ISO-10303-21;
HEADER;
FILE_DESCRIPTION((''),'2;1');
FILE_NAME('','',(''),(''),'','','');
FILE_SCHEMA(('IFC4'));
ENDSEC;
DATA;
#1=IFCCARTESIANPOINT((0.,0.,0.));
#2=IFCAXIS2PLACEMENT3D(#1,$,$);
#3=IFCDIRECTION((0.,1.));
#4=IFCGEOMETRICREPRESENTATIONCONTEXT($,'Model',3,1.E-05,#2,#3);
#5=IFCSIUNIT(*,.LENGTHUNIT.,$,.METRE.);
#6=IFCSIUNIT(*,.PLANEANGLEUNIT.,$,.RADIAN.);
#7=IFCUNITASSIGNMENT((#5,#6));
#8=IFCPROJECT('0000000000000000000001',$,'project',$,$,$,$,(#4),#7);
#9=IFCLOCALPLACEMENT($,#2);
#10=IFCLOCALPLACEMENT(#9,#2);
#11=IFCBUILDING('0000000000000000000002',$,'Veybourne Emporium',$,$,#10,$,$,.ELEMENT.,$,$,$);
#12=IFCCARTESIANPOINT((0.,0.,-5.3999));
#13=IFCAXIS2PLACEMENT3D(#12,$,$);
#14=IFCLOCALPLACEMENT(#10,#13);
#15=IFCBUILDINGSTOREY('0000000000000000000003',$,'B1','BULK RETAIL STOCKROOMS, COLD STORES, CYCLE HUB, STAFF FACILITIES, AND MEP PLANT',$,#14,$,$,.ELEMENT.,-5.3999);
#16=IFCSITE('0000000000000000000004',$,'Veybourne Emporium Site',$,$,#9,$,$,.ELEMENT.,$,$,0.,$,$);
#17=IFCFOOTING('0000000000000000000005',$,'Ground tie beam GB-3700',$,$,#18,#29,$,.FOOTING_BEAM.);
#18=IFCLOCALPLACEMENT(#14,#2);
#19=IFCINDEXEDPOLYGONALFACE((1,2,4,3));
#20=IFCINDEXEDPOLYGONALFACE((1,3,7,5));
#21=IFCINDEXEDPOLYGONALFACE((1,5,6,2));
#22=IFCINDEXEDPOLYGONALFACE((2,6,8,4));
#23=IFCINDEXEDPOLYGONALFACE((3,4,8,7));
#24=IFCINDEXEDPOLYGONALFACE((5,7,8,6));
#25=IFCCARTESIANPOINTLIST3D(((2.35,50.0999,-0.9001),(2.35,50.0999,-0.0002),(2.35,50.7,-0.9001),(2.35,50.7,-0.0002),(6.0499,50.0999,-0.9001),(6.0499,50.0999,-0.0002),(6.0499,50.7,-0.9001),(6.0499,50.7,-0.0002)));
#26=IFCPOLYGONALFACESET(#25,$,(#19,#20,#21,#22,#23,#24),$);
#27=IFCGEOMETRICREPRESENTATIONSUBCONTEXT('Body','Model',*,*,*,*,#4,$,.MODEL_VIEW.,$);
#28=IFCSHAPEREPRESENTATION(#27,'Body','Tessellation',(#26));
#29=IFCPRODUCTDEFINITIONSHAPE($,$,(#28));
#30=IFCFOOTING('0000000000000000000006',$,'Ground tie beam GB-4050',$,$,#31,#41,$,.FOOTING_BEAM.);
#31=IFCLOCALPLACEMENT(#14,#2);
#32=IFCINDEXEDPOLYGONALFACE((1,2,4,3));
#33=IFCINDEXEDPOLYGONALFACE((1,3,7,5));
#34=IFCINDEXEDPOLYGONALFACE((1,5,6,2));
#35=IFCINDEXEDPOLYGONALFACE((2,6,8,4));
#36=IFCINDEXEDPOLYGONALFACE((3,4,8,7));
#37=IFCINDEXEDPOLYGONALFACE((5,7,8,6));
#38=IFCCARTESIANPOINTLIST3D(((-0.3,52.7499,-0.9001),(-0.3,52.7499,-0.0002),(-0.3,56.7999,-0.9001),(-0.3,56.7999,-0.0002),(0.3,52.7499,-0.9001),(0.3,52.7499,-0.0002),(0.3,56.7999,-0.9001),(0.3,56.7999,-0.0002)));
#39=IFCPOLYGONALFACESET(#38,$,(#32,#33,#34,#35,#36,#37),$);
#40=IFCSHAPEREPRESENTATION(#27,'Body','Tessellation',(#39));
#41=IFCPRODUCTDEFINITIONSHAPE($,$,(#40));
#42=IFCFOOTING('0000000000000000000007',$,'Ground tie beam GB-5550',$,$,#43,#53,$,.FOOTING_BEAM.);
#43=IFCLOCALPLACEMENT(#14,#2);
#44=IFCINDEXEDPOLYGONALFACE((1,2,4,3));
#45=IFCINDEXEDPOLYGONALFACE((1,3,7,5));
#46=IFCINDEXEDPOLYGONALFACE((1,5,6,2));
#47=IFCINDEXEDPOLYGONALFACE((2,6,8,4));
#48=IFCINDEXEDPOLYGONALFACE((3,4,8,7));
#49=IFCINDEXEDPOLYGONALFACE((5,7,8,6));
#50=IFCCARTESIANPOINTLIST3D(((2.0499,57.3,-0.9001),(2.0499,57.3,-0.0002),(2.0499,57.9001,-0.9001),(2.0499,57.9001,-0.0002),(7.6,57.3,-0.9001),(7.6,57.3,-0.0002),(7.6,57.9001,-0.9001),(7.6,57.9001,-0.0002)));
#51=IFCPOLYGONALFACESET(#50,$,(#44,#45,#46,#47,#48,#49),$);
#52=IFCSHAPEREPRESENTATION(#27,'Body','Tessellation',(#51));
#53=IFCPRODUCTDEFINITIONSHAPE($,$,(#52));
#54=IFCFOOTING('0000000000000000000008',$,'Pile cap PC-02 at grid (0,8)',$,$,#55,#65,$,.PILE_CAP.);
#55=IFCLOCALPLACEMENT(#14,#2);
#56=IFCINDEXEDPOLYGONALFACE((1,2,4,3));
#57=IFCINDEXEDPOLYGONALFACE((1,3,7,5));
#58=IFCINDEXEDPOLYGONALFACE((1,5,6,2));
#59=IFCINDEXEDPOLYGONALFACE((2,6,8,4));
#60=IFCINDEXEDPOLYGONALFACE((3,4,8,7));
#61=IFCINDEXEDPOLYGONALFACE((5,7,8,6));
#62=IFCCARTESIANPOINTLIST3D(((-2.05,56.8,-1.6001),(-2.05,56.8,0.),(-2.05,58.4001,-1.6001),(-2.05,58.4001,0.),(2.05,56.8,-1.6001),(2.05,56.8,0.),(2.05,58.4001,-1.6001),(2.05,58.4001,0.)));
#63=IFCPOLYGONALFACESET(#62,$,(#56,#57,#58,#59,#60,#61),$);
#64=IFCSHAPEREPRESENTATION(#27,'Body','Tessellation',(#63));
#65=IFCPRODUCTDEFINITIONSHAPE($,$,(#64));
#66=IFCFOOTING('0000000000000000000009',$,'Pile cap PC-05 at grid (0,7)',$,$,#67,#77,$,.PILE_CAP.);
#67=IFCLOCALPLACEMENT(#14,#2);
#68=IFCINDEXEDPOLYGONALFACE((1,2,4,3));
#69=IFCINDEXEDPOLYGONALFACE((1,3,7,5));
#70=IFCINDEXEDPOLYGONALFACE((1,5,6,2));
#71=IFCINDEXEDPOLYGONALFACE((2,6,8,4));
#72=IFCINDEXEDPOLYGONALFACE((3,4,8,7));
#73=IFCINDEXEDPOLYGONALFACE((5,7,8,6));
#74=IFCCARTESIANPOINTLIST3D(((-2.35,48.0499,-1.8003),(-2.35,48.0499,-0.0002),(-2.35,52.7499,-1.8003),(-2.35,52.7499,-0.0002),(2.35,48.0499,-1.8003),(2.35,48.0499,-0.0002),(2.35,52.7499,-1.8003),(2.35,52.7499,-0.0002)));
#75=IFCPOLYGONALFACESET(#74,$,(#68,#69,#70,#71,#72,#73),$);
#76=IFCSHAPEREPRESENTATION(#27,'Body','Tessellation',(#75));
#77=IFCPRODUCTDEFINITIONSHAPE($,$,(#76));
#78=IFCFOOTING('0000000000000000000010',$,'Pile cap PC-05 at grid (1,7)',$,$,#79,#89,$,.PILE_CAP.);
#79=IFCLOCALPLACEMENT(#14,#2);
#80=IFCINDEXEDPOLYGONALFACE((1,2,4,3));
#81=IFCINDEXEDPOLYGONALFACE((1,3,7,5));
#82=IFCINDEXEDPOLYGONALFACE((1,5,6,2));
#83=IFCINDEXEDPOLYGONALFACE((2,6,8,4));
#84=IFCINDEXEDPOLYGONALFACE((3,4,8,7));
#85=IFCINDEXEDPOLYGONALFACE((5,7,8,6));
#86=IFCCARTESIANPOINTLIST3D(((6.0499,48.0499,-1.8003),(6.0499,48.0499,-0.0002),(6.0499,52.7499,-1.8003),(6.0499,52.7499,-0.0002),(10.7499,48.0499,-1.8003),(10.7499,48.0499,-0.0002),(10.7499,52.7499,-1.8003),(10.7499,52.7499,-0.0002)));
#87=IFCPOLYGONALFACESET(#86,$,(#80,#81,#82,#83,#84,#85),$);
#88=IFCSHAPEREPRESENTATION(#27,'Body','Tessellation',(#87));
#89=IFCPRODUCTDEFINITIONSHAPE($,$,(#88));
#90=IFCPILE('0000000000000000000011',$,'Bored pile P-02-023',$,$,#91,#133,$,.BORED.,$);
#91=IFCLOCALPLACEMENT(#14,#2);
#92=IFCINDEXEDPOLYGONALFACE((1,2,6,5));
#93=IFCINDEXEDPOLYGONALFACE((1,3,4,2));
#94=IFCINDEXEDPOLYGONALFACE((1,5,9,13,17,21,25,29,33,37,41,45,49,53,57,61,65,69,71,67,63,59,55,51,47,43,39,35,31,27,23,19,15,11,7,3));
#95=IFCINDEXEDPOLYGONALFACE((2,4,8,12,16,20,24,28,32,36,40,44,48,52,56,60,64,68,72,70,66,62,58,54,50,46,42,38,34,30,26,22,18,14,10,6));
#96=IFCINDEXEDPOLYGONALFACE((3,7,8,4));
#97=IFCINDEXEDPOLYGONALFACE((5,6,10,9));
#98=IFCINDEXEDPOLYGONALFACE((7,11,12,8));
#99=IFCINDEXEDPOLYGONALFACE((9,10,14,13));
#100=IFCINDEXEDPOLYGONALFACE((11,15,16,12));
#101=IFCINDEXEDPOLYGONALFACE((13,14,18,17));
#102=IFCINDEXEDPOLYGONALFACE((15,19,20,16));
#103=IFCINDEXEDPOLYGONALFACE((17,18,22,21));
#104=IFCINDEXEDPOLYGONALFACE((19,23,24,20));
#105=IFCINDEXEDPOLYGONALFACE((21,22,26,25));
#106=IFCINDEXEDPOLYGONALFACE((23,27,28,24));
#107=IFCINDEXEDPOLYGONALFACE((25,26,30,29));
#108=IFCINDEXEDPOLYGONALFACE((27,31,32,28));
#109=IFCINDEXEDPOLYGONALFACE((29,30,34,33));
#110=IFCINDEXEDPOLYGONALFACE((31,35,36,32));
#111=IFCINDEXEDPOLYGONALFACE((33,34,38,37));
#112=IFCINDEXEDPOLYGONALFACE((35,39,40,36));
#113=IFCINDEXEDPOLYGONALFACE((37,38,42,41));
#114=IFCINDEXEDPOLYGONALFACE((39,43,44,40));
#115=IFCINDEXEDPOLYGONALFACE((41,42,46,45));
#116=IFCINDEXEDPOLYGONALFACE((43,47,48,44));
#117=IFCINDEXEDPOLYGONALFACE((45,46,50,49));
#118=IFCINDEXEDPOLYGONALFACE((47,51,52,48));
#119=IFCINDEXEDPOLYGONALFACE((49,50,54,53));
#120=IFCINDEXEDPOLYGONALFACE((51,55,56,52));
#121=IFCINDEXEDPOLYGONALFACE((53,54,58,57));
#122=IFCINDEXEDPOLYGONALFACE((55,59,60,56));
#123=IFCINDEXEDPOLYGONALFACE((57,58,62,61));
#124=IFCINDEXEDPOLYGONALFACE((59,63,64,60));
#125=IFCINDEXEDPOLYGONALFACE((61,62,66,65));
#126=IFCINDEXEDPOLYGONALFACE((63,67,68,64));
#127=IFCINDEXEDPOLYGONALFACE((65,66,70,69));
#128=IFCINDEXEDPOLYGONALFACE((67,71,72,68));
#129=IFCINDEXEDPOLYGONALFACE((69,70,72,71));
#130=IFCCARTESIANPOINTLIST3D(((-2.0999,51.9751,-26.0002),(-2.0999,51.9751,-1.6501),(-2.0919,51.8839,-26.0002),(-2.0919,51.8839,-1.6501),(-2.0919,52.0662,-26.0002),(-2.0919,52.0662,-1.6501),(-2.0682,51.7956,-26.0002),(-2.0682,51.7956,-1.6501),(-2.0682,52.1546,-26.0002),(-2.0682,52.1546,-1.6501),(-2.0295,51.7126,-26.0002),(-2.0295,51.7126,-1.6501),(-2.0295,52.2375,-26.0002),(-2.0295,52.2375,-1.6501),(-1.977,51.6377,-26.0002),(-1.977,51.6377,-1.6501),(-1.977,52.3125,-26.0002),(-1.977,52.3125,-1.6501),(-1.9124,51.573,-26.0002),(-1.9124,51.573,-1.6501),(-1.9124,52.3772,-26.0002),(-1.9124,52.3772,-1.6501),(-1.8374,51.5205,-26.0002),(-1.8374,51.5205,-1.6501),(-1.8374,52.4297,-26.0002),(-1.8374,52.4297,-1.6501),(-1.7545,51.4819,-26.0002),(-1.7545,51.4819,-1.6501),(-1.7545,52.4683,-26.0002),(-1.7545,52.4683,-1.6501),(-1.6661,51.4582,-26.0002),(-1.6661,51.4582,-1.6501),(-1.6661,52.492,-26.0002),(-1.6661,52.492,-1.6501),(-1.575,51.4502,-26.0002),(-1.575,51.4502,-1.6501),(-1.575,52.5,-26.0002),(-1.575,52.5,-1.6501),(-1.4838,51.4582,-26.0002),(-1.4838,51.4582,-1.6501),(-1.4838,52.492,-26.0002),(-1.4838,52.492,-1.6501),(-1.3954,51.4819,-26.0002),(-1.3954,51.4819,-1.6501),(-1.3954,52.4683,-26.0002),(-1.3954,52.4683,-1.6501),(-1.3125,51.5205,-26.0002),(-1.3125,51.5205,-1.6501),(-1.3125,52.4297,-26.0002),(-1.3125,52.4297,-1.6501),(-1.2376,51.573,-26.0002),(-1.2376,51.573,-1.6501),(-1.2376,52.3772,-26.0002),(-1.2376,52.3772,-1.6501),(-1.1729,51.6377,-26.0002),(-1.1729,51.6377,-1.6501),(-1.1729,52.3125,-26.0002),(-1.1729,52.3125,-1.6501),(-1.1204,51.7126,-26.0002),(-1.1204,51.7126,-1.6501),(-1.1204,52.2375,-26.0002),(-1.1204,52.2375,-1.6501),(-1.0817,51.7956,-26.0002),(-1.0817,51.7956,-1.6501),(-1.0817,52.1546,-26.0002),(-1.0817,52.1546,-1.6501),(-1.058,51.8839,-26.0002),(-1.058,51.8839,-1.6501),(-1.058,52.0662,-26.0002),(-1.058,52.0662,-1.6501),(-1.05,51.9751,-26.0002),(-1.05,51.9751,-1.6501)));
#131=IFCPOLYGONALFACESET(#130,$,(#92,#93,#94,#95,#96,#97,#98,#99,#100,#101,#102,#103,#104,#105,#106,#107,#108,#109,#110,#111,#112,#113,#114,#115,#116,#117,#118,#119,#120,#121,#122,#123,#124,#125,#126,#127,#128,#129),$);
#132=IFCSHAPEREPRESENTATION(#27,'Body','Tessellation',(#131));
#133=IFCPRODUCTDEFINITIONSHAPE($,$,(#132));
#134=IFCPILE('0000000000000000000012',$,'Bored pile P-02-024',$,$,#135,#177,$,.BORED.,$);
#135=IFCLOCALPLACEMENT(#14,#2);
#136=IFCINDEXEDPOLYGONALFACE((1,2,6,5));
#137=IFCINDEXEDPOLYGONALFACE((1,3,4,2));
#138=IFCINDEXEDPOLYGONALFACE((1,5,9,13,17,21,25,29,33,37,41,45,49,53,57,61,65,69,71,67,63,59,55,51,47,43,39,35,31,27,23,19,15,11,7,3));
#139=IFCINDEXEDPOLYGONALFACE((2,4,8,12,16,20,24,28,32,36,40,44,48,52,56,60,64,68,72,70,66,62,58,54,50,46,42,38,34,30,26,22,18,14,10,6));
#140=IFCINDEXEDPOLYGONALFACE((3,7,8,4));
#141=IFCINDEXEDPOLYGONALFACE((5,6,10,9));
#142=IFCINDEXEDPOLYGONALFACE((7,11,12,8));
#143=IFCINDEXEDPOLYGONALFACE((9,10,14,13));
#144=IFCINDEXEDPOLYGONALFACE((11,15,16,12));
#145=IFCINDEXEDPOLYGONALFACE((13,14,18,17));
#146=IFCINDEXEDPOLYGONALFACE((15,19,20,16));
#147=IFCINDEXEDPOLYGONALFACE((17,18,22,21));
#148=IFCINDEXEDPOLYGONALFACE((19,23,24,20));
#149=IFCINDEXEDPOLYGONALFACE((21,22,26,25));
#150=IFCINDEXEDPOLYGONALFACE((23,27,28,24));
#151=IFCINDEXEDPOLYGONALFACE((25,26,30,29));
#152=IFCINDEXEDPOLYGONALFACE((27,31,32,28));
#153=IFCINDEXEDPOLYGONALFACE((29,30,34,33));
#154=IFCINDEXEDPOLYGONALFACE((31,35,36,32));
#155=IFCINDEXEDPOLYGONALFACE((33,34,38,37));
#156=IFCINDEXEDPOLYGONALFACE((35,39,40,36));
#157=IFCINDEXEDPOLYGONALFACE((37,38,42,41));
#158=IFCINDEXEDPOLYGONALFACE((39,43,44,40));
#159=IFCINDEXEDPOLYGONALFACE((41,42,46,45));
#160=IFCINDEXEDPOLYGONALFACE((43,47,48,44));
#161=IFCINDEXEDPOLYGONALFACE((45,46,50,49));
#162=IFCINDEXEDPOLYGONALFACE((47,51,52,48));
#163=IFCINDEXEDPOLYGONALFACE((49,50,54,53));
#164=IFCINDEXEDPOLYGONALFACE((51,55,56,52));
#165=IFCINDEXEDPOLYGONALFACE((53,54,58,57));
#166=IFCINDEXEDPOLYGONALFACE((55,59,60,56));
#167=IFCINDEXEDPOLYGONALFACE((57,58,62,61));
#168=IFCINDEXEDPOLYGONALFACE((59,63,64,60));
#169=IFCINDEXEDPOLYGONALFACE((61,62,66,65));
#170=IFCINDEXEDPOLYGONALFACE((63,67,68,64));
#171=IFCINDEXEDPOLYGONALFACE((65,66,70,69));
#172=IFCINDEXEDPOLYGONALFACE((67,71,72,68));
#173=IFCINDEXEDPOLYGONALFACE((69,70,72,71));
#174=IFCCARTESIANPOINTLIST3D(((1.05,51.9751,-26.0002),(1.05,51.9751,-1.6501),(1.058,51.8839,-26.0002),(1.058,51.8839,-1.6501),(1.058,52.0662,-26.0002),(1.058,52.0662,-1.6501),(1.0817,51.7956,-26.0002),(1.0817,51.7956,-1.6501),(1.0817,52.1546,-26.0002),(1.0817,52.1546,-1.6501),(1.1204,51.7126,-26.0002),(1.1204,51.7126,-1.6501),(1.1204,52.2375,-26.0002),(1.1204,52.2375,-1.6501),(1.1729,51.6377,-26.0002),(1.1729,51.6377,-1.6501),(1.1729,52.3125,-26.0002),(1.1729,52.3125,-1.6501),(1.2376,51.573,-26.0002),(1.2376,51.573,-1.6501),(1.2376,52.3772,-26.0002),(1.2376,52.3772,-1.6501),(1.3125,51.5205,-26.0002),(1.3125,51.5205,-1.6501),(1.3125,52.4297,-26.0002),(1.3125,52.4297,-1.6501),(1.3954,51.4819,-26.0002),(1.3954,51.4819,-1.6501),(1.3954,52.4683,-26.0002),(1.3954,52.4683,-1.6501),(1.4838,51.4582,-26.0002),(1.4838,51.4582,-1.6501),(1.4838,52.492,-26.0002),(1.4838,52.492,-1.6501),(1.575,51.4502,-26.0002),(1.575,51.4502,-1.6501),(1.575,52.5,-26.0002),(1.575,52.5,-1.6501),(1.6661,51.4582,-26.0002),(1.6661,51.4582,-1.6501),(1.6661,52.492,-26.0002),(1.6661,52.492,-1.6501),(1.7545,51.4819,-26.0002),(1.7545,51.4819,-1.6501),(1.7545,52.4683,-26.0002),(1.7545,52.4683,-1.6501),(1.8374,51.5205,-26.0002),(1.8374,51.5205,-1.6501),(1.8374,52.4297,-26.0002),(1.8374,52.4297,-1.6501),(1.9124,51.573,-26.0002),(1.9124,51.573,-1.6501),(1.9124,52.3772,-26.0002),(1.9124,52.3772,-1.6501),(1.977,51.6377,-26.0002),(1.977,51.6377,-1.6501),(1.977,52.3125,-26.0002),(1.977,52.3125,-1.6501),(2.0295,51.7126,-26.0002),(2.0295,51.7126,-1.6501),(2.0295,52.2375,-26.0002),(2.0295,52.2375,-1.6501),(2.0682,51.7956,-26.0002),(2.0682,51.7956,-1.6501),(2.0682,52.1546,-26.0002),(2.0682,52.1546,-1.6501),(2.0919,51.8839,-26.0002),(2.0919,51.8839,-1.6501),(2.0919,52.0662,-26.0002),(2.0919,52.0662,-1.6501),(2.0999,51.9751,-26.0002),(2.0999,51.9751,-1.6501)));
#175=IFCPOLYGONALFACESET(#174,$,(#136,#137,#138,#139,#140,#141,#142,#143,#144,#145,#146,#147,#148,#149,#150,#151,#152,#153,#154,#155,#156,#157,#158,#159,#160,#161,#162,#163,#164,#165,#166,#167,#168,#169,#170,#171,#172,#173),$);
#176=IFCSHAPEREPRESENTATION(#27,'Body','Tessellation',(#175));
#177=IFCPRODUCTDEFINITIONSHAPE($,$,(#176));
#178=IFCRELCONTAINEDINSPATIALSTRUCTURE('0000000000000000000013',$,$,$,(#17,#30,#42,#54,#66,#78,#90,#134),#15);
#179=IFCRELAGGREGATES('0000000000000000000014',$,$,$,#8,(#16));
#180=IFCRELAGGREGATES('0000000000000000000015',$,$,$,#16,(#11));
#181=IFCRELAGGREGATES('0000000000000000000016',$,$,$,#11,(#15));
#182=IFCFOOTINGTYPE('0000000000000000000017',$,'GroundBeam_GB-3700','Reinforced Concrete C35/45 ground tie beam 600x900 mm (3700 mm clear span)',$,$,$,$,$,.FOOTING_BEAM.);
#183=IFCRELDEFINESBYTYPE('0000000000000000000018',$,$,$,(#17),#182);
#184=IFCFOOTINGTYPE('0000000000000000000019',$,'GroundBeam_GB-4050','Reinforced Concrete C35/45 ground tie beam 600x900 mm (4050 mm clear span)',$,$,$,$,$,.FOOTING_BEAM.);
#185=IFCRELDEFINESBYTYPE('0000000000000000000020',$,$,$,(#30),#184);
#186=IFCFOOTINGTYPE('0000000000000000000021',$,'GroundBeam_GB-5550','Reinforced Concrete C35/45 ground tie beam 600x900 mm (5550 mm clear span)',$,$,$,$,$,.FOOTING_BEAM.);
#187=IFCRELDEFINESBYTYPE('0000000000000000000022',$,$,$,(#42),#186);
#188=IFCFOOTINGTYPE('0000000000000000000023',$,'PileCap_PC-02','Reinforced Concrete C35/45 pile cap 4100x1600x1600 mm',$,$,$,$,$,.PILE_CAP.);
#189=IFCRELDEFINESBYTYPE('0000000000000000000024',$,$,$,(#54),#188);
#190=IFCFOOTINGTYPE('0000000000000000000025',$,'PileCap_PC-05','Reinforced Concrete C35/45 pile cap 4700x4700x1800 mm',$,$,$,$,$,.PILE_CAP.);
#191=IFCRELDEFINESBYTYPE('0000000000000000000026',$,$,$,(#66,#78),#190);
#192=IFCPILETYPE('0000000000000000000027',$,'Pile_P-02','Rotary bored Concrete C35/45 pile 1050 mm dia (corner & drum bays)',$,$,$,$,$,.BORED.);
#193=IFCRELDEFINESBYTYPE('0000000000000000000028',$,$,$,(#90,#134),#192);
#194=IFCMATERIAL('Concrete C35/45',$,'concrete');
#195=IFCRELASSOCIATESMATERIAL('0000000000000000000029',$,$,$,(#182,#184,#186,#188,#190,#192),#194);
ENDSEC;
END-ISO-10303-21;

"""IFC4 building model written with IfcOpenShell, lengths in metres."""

from ifc_helpers import new_model, si_unit, direction, frame, origin, origin_2d, place, context, subcontext, project, spatial, rectangle, circle, extrude, material, material_profile, profile_set, type_object, element, save


model = new_model("IFC4")

# Units and contexts
model_context = context("Model", 3, precision=1e-05, world=origin(), true_north=direction((0.0, 1.0)))
body_context = subcontext(model_context, "Body", "Model", "MODEL_VIEW")
ifc_project = project(units=[si_unit("LENGTHUNIT", "METRE"), si_unit("PLANEANGLEUNIT", "RADIAN")], contexts=[model_context])

# Site, building, storey
site_placement = place(None, origin())
site = spatial("IfcSite", under=ifc_project, at=site_placement, Name="Veybourne Emporium Site", CompositionType="ELEMENT", RefElevation=0.0)
building_placement = place(site_placement, origin())
building = spatial("IfcBuilding", under=site, at=building_placement, Name="Veybourne Emporium", CompositionType="ELEMENT")
storey_placement = place(building_placement, frame((0.0, 0.0, -5.3999)))
storey = spatial("IfcBuildingStorey", under=building, at=storey_placement, Name="B1", Description="BULK RETAIL STOCKROOMS, COLD STORES, CYCLE HUB, STAFF FACILITIES, AND MEP PLANT", CompositionType="ELEMENT", Elevation=-5.3999)

# Footings
ifc_material_1 = material(Name="Concrete C35/45", Category="concrete")
footing_type_1 = type_object("IfcFootingType", Name="GroundBeam_GB-3700", Description="Reinforced Concrete C35/45 ground tie beam 600x900 mm (3700 mm clear span)", PredefinedType="FOOTING_BEAM", material=ifc_material_1)
footing_1_placement = place(storey_placement, frame((4.2, 50.3999, -0.9001), z_axis=(0.0, 0.0, 1.0), x_axis=(1.0, 0.0, 0.0)))
element("IfcFooting", 1, at=footing_1_placement, inside=storey, type_object=footing_type_1, Name="Ground tie beam GB-3700", PredefinedType="FOOTING_BEAM", context=body_context, shape_type="SweptSolid", body=[
    extrude(rectangle(XDim=3.7, YDim=0.6001, at=origin_2d()), origin(), (0.0, 0.0, 1.0), 0.8999),
])
footing_type_2 = type_object("IfcFootingType", Name="GroundBeam_GB-4050", Description="Reinforced Concrete C35/45 ground tie beam 600x900 mm (4050 mm clear span)", PredefinedType="FOOTING_BEAM", material=ifc_material_1)
footing_2_placement = place(storey_placement, frame((0.0, 54.7749, -0.9001), z_axis=(0.0, 0.0, 1.0), x_axis=(0.0, 1.0, 0.0)))
element("IfcFooting", 2, at=footing_2_placement, inside=storey, type_object=footing_type_2, Name="Ground tie beam GB-4050", PredefinedType="FOOTING_BEAM", context=body_context, shape_type="SweptSolid", body=[
    extrude(rectangle(XDim=4.05, YDim=0.6001, at=origin_2d()), origin(), (0.0, 0.0, 1.0), 0.8999),
])
footing_type_3 = type_object("IfcFootingType", Name="GroundBeam_GB-5550", Description="Reinforced Concrete C35/45 ground tie beam 600x900 mm (5550 mm clear span)", PredefinedType="FOOTING_BEAM", material=ifc_material_1)
footing_3_placement = place(storey_placement, frame((4.825, 57.6001, -0.9001), z_axis=(0.0, 0.0, 1.0), x_axis=(1.0, 0.0, 0.0)))
element("IfcFooting", 3, at=footing_3_placement, inside=storey, type_object=footing_type_3, Name="Ground tie beam GB-5550", PredefinedType="FOOTING_BEAM", context=body_context, shape_type="SweptSolid", body=[
    extrude(rectangle(XDim=5.55, YDim=0.6001, at=origin_2d()), origin(), (0.0, 0.0, 1.0), 0.8999),
])
footing_type_4 = type_object("IfcFootingType", Name="PileCap_PC-02", Description="Reinforced Concrete C35/45 pile cap 4100x1600x1600 mm", PredefinedType="PILE_CAP", material=ifc_material_1)
footing_4_placement = place(storey_placement, frame((0.0, 57.6001, -1.6001), z_axis=(0.0, 0.0, 1.0), x_axis=(1.0, 0.0, 0.0)))
element("IfcFooting", 4, at=footing_4_placement, inside=storey, type_object=footing_type_4, Name="Pile cap PC-02 at grid (0,8)", PredefinedType="PILE_CAP", context=body_context, shape_type="SweptSolid", body=[
    extrude(rectangle(XDim=4.1001, YDim=1.6001, at=origin_2d()), origin(), (0.0, 0.0, 1.0), 1.6001),
])
footing_type_5 = type_object("IfcFootingType", Name="PileCap_PC-05", Description="Reinforced Concrete C35/45 pile cap 4700x4700x1800 mm", PredefinedType="PILE_CAP", material=ifc_material_1)
for number, where, z_axis, x_axis, name in (
    (5, (0.0, 50.3999, -1.8003), (0.0, 0.0, 1.0), (1.0, 0.0, 0.0), "Pile cap PC-05 at grid (0,7)"),
    (6, (8.3999, 50.3999, -1.8003), (0.0, 0.0, 1.0), (1.0, 0.0, 0.0), "Pile cap PC-05 at grid (1,7)"),
):
    element("IfcFooting", number, at=place(storey_placement, frame(where, z_axis=z_axis, x_axis=x_axis)), inside=storey, type_object=footing_type_5, Name=name, PredefinedType="PILE_CAP", context=body_context, shape_type="SweptSolid", body=[
        extrude(rectangle(XDim=4.7, YDim=4.7, at=origin_2d()), origin(), (0.0, 0.0, 1.0), 1.8),
    ])

# Piles
ifc_material_profile_1 = material_profile(ifc_material_1, circle(Radius=0.5249, at=origin_2d()), Name="BORED PILE 1050")
ifc_profile_set_1 = profile_set([ifc_material_profile_1], Name="Concrete C35/45")
pile_type_1 = type_object("IfcPileType", Name="Pile_P-02", Description="Rotary bored Concrete C35/45 pile 1050 mm dia (corner & drum bays)", PredefinedType="BORED", material=ifc_profile_set_1)
for number, where, z_axis, x_axis, name in (
    (7, (-1.575, 51.9751, -1.6501), (0.0, 0.0, -1.0), (1.0, 0.0, 0.0), "Bored pile P-02-023"),
    (8, (1.575, 51.9751, -1.6501), (0.0, 0.0, -1.0), (1.0, 0.0, 0.0), "Bored pile P-02-024"),
):
    element("IfcPile", number, at=place(storey_placement, frame(where, z_axis=z_axis, x_axis=x_axis)), inside=storey, type_object=pile_type_1, Name=name, PredefinedType="BORED", context=body_context, shape_type="SweptSolid", body=[
        extrude(circle(Radius=0.5249, at=origin_2d()), origin(), (0.0, 0.0, 1.0), 24.3501),
    ])

save(model, "model.ifc")
